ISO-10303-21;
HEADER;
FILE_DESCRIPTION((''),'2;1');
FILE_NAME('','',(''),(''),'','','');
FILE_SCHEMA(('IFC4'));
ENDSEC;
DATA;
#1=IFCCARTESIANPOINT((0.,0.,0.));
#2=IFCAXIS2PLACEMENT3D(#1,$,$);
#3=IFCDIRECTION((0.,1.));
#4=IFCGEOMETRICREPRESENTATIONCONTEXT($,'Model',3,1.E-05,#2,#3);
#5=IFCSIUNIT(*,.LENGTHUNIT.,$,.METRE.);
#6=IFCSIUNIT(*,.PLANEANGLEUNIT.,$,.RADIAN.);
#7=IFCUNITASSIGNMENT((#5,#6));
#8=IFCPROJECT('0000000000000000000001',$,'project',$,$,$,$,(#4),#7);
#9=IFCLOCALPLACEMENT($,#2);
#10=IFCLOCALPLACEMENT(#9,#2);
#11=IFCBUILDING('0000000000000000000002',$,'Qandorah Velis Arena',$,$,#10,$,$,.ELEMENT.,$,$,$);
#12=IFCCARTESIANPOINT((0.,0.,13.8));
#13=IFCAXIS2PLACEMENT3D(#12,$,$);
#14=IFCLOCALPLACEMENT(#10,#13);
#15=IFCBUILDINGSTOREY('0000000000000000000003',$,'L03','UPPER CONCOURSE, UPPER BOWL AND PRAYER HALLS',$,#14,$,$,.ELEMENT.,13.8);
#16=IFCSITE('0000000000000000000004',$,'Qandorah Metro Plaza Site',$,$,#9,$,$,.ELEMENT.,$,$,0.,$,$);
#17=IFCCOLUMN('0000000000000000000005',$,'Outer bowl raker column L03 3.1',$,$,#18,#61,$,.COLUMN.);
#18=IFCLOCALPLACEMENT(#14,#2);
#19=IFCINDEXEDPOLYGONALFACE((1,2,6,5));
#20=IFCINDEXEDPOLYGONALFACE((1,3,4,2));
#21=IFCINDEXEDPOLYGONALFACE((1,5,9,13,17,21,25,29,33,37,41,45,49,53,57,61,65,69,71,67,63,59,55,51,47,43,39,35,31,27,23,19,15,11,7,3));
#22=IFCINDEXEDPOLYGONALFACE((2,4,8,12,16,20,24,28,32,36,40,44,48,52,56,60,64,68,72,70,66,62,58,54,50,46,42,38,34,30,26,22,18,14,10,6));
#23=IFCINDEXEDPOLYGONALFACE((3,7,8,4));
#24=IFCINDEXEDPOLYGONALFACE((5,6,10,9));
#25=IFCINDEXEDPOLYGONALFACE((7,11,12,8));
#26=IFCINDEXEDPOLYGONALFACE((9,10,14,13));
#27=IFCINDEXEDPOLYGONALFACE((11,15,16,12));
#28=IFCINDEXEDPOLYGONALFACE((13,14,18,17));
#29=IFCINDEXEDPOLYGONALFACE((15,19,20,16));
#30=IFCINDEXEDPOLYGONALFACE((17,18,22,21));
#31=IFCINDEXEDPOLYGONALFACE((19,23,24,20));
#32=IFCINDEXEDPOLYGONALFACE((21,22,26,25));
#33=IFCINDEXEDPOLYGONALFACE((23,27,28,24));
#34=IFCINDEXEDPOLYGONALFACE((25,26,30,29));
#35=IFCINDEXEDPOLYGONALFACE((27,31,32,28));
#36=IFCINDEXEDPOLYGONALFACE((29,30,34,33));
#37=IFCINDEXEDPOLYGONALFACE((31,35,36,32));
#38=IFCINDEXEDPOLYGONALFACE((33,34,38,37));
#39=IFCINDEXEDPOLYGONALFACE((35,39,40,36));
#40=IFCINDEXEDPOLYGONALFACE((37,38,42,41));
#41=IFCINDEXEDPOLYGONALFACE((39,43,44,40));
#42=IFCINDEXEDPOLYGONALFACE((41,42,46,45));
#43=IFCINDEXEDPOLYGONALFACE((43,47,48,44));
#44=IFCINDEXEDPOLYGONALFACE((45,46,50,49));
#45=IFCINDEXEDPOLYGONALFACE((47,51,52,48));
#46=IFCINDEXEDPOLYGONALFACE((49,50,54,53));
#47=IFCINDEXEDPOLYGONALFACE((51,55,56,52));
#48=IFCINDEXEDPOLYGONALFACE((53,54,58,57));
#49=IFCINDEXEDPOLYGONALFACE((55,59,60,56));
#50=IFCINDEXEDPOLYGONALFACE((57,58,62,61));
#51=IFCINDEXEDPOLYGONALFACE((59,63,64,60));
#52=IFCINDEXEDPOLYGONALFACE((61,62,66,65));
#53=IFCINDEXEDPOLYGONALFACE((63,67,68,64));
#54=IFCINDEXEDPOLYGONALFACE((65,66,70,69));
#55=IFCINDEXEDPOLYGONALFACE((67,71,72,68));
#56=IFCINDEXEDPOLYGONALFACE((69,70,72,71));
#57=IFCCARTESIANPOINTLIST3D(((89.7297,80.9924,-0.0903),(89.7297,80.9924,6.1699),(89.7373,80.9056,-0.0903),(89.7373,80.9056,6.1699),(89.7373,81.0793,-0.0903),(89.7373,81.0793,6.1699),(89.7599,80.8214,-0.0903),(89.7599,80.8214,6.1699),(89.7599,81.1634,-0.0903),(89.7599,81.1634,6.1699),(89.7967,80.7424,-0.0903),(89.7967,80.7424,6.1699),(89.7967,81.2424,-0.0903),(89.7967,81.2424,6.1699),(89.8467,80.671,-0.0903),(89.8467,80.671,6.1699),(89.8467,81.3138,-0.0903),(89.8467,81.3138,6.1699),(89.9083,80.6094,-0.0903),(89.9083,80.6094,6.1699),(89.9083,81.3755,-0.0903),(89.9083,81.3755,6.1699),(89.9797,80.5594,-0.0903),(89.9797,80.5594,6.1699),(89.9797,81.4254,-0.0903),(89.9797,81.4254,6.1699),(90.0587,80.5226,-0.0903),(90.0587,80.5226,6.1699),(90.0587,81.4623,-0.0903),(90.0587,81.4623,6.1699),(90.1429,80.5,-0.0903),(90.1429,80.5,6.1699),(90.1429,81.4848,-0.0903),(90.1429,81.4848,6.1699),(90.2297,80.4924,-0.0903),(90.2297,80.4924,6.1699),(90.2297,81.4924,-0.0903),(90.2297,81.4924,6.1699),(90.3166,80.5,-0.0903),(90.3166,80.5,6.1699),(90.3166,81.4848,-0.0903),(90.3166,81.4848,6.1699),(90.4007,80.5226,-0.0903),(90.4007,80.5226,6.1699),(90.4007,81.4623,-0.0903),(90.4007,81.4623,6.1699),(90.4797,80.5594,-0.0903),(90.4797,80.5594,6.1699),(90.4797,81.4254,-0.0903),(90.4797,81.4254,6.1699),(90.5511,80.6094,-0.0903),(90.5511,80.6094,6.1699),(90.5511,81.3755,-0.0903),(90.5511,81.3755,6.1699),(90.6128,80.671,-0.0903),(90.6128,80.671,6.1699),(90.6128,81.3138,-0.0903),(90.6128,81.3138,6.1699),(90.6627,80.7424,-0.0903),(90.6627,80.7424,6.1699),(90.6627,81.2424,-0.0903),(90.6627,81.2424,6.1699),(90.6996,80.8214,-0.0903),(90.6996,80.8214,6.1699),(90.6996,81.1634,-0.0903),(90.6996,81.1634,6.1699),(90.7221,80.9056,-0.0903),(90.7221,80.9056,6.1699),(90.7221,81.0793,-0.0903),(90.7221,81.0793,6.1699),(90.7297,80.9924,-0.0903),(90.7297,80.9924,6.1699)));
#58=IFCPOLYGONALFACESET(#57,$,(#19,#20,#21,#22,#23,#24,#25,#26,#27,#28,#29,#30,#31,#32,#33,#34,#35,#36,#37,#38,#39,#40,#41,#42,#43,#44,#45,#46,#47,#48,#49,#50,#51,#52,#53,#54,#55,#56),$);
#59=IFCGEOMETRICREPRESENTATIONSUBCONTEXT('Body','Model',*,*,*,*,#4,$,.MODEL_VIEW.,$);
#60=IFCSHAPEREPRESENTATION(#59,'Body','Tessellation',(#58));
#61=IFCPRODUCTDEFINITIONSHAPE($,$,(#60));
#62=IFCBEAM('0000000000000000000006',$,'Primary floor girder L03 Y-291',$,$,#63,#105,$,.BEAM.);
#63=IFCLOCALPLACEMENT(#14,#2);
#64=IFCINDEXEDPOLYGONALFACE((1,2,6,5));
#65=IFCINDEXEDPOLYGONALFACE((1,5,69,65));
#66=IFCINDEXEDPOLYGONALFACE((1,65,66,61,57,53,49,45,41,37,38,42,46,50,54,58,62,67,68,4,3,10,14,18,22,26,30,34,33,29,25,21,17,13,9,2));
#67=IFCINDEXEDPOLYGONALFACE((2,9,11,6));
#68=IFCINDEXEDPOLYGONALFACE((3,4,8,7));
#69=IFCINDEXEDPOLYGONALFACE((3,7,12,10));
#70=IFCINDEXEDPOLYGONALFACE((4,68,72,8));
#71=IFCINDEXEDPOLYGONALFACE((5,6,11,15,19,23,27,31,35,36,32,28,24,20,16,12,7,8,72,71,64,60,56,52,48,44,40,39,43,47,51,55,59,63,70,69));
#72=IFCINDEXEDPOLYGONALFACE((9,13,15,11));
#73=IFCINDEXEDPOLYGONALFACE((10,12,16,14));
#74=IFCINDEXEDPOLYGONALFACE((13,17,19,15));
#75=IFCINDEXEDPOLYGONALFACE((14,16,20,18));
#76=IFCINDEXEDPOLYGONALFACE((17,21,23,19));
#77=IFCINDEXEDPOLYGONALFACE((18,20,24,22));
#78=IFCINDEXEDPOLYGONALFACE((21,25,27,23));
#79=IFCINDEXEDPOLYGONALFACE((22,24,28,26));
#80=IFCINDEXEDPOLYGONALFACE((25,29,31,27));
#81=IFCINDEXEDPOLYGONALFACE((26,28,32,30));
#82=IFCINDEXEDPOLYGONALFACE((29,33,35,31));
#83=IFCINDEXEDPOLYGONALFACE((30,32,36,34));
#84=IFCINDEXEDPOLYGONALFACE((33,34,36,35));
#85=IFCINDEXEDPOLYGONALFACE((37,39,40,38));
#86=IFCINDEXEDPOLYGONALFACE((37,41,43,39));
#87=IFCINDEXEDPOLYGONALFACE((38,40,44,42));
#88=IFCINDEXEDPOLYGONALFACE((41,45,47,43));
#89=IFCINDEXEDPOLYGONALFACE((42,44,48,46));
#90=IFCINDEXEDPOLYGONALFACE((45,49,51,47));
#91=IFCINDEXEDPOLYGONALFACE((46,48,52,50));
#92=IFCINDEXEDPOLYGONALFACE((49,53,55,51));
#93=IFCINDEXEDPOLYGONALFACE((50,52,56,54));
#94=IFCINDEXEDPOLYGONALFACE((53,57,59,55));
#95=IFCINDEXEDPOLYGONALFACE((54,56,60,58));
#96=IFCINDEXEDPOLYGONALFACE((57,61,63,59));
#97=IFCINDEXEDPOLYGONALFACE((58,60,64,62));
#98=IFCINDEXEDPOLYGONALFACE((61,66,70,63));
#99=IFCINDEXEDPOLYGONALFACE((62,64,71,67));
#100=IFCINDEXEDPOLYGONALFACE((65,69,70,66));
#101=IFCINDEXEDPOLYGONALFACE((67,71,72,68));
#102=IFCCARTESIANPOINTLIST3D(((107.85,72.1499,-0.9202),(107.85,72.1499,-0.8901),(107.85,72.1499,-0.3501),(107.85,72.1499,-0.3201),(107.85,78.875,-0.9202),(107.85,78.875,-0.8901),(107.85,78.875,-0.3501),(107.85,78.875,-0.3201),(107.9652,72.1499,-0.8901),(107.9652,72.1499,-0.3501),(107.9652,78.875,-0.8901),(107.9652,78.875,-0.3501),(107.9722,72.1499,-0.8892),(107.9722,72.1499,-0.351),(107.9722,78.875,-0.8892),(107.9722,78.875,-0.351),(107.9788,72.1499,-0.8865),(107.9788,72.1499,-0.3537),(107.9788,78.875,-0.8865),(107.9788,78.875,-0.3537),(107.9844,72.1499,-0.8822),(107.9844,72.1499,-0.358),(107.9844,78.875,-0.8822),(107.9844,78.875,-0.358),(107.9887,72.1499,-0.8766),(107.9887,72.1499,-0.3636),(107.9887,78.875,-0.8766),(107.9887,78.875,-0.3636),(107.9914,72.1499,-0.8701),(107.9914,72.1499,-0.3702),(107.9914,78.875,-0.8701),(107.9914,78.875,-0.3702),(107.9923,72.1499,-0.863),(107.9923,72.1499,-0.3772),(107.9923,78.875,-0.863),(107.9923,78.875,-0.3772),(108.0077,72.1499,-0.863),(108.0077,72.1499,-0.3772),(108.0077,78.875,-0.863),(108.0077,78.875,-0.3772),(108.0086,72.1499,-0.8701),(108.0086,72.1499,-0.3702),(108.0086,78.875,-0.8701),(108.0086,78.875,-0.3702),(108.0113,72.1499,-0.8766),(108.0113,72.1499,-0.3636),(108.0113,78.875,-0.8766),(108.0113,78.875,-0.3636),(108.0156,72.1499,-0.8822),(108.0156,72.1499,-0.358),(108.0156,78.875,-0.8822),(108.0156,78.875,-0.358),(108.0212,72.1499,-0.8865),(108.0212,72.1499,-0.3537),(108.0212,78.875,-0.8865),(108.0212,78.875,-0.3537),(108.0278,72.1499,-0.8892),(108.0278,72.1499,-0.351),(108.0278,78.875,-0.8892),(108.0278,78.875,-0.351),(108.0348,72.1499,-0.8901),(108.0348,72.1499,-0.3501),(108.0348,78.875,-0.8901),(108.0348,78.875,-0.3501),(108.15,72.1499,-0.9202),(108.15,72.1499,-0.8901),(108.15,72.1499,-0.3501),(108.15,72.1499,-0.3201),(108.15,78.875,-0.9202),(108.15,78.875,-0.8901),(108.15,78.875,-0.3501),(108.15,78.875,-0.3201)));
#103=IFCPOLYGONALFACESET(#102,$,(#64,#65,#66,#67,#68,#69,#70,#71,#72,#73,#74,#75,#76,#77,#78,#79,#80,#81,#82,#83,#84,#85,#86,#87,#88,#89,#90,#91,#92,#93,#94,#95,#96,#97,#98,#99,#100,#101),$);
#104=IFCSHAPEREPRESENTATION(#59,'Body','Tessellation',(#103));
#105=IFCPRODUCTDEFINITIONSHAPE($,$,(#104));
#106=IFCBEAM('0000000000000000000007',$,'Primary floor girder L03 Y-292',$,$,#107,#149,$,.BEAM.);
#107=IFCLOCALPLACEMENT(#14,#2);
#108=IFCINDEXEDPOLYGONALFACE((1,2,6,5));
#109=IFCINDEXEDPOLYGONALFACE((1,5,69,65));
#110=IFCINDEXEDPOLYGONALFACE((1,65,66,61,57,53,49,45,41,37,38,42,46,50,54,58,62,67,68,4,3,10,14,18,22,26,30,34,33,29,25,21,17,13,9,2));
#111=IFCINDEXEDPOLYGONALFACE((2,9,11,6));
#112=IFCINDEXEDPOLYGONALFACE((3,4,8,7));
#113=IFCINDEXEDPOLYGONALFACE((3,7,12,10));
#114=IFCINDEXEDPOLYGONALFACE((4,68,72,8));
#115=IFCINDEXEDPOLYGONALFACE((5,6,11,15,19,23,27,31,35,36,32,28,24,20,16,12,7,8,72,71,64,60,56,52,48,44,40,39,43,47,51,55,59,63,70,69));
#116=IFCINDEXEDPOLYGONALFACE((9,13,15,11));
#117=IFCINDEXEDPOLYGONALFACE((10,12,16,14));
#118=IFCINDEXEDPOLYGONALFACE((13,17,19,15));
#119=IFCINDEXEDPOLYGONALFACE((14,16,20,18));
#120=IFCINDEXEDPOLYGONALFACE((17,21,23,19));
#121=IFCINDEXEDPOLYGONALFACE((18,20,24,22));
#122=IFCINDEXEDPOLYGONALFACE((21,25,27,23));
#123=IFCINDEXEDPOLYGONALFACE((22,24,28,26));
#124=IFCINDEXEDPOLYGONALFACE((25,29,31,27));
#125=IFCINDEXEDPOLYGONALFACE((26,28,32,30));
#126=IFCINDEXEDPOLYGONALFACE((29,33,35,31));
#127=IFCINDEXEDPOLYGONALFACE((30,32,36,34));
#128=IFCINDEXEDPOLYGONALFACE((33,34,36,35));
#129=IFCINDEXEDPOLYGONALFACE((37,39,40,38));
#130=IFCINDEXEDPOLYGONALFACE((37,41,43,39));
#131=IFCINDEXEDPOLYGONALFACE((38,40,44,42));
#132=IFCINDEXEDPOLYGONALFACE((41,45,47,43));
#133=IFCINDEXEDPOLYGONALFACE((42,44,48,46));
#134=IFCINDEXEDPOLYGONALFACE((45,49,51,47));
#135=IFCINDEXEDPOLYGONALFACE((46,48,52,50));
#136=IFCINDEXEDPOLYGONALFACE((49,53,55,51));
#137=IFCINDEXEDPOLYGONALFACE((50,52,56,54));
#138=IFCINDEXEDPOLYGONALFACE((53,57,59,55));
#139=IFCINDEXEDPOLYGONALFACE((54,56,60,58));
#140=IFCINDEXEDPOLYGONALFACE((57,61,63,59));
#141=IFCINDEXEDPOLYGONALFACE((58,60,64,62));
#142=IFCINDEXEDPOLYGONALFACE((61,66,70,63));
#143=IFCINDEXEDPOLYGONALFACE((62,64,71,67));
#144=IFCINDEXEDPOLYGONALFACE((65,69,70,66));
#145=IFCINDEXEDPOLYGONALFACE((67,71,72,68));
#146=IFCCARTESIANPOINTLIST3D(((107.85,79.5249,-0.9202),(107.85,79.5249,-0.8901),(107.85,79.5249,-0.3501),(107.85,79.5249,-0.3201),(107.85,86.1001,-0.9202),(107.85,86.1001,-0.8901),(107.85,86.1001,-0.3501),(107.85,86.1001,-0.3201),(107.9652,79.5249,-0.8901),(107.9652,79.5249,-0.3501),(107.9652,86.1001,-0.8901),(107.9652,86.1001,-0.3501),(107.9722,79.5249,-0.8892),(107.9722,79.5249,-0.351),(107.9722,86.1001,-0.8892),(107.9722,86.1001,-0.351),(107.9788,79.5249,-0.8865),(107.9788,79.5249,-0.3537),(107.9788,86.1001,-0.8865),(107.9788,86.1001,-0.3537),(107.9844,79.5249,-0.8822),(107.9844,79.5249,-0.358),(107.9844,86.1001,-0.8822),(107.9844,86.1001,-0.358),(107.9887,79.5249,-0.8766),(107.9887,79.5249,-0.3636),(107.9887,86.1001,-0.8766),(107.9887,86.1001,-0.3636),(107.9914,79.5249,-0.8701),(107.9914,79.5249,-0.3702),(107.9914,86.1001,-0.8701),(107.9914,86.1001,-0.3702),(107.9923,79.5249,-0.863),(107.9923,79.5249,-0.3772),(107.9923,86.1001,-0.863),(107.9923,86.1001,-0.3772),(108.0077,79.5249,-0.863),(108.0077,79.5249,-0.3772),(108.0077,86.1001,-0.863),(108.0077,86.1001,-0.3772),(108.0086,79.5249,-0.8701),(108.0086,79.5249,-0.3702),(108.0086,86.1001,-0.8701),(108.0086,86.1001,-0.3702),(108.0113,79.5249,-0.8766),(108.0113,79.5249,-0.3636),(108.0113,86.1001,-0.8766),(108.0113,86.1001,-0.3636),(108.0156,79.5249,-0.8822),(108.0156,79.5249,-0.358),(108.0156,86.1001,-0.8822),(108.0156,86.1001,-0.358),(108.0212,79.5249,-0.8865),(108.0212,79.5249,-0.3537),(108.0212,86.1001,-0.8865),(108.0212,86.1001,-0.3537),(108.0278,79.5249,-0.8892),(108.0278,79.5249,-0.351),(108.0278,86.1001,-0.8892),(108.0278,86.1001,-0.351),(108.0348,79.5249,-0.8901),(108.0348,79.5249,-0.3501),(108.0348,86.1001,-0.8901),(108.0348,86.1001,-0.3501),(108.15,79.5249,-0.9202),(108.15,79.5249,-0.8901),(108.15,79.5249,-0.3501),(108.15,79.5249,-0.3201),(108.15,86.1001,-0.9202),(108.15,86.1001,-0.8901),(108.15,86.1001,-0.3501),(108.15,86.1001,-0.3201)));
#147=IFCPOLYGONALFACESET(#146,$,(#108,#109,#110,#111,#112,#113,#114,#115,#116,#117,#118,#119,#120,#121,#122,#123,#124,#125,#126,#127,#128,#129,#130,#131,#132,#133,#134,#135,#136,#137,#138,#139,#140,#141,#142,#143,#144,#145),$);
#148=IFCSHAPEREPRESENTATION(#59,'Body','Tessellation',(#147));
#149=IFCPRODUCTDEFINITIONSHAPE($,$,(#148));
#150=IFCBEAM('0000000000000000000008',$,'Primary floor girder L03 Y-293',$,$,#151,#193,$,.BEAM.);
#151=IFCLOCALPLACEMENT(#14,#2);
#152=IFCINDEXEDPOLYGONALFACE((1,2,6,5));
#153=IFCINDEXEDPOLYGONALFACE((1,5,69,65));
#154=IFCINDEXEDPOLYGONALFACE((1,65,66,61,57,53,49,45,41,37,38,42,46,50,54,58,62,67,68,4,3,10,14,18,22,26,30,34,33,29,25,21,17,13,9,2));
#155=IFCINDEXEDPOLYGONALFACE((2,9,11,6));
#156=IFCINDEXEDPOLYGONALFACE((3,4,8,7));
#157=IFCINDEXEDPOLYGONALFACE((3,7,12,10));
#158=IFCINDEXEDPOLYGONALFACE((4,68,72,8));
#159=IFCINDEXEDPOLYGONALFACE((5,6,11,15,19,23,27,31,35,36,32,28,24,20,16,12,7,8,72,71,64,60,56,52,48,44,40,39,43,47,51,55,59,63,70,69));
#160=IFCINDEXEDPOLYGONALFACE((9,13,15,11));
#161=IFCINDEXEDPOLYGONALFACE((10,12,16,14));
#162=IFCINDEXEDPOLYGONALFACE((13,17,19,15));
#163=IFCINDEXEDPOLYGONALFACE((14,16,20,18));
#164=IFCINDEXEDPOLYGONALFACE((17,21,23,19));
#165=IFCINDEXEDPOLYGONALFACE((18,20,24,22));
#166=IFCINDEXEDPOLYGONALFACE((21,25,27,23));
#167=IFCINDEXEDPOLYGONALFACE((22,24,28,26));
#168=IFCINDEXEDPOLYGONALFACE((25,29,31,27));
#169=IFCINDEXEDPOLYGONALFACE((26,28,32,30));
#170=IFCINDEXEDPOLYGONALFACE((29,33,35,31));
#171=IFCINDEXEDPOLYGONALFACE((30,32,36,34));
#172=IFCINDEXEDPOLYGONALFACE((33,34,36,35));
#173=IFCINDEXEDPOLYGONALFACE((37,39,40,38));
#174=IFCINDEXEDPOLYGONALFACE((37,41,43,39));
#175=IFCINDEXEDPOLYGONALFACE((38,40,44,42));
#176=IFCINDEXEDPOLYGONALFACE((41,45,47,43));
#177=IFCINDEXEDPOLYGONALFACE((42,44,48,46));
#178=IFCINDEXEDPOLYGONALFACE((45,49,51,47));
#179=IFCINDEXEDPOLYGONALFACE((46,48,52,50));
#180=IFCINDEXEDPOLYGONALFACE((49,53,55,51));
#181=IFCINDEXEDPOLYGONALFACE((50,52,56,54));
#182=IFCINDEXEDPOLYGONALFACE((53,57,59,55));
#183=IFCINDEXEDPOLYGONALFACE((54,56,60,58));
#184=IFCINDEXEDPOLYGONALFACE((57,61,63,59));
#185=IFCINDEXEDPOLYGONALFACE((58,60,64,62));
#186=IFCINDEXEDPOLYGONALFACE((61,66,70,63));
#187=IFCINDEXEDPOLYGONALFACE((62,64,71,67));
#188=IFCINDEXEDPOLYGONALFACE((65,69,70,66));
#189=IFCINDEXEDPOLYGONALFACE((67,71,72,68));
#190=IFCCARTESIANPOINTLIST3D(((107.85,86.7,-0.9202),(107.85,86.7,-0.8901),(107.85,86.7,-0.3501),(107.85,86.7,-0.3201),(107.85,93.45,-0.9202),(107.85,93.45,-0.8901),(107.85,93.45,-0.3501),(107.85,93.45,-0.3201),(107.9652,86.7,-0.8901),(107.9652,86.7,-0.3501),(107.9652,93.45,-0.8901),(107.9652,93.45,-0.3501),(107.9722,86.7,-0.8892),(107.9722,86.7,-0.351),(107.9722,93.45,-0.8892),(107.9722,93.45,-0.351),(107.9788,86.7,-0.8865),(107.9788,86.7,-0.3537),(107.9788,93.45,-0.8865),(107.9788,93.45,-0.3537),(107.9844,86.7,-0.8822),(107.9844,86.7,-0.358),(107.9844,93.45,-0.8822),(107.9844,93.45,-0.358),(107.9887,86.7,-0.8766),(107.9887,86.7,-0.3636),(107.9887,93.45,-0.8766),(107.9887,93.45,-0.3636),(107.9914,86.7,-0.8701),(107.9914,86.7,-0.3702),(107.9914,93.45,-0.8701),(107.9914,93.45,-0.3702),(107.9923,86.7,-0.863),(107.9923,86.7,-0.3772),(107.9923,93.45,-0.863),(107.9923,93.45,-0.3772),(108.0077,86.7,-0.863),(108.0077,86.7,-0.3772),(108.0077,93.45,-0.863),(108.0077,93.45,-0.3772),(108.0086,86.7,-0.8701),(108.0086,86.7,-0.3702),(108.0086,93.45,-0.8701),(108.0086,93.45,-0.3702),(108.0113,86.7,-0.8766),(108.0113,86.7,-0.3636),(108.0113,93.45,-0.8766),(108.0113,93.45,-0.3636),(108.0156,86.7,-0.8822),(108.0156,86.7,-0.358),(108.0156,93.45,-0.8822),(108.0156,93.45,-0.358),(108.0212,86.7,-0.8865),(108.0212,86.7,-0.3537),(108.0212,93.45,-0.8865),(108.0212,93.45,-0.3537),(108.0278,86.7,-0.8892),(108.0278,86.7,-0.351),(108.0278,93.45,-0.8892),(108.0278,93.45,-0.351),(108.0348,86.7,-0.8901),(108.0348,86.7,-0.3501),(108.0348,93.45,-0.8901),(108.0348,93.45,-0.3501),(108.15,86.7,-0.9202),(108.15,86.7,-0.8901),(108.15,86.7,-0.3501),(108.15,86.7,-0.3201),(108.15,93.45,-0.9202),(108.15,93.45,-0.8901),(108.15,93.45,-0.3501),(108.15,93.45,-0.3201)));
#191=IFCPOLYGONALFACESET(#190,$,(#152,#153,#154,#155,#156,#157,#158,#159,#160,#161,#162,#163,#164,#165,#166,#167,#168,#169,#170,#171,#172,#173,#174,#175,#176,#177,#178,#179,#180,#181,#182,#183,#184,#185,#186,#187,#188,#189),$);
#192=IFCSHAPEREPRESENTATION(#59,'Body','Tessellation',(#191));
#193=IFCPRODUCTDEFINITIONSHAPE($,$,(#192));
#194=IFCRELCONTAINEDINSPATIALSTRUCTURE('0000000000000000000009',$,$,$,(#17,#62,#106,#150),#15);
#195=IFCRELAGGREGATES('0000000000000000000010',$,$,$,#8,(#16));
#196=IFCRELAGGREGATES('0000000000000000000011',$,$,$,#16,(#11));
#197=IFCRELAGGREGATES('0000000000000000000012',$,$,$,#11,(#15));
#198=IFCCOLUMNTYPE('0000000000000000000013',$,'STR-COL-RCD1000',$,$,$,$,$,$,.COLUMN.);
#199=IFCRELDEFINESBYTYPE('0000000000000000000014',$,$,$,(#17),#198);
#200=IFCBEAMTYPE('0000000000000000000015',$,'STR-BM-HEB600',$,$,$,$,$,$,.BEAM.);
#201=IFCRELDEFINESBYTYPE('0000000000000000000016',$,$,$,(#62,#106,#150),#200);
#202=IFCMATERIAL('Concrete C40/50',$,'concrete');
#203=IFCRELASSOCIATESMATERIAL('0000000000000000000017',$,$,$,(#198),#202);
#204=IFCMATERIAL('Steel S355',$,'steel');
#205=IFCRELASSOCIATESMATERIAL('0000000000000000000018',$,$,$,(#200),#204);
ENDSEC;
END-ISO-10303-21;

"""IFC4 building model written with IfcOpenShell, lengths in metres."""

from ifc_helpers import new_model, si_unit, direction, frame, origin, origin_2d, place, context, subcontext, project, spatial, circle, i_section, extrude, material, material_profile, profile_set, type_object, element, save


model = new_model("IFC4")

# Units and contexts
model_context = context("Model", 3, precision=1e-05, world=origin(), true_north=direction((0.0, 1.0)))
body_context = subcontext(model_context, "Body", "Model", "MODEL_VIEW")
ifc_project = project(units=[si_unit("LENGTHUNIT", "METRE"), si_unit("PLANEANGLEUNIT", "RADIAN")], contexts=[model_context])

# Site, building, storey
site_placement = place(None, origin())
site = spatial("IfcSite", under=ifc_project, at=site_placement, Name="Qandorah Metro Plaza Site", CompositionType="ELEMENT", RefElevation=0.0)
building_placement = place(site_placement, origin())
building = spatial("IfcBuilding", under=site, at=building_placement, Name="Qandorah Velis Arena", CompositionType="ELEMENT")
storey_placement = place(building_placement, frame((0.0, 0.0, 13.8)))
storey = spatial("IfcBuildingStorey", under=building, at=storey_placement, Name="L03", Description="UPPER CONCOURSE, UPPER BOWL AND PRAYER HALLS", CompositionType="ELEMENT", Elevation=13.8)

# Column
ifc_material_1 = material(Name="Concrete C40/50", Category="concrete")
ifc_material_profile_1 = material_profile(ifc_material_1, circle(Radius=0.5, at=origin_2d()), Name="RC D1000")
ifc_profile_set_1 = profile_set([ifc_material_profile_1], Name="Concrete C40/50")
column_type = type_object("IfcColumnType", Name="STR-COL-RCD1000", PredefinedType="COLUMN", material=ifc_profile_set_1)
column_1_placement = place(storey_placement, frame((90.2297, 80.9924, -0.0903), z_axis=(0.0, 0.0, 1.0), x_axis=(1.0, 0.0, 0.0)))
element("IfcColumn", 1, at=column_1_placement, inside=storey, type_object=column_type, Name="Outer bowl raker column L03 3.1", PredefinedType="COLUMN", context=body_context, shape_type="SweptSolid", body=[
    extrude(circle(Radius=0.5, at=origin_2d()), origin(), (0.0, 0.0, 1.0), 6.2603),
])

# Beams
ifc_material_2 = material(Name="Steel S355", Category="steel")
ifc_material_profile_2 = material_profile(ifc_material_2, i_section(OverallWidth=0.3, OverallDepth=0.6001, WebThickness=0.0154, FlangeThickness=0.03, FilletRadius=0.0271, at=origin_2d()), Name="HEB 600")
ifc_profile_set_2 = profile_set([ifc_material_profile_2], Name="Steel S355")
beam_type_1 = type_object("IfcBeamType", Name="STR-BM-HEB600", PredefinedType="BEAM", material=ifc_profile_set_2)
beam_1_placement = place(storey_placement, frame((108.0, 72.1499, -0.6201), z_axis=(0.0, 1.0, 0.0), x_axis=(-1.0, 0.0, 0.0)))
element("IfcBeam", 2, at=beam_1_placement, inside=storey, type_object=beam_type_1, Name="Primary floor girder L03 Y-291", PredefinedType="BEAM", context=body_context, shape_type="SweptSolid", body=[
    extrude(i_section(OverallWidth=0.3, OverallDepth=0.6001, WebThickness=0.0154, FlangeThickness=0.03, FilletRadius=0.0271, at=origin_2d()), origin(), (0.0, 0.0, 1.0), 6.7251),
])
beam_2_placement = place(storey_placement, frame((108.0, 79.5249, -0.6201), z_axis=(0.0, 1.0, 0.0), x_axis=(-1.0, 0.0, 0.0)))
element("IfcBeam", 3, at=beam_2_placement, inside=storey, type_object=beam_type_1, Name="Primary floor girder L03 Y-292", PredefinedType="BEAM", context=body_context, shape_type="SweptSolid", body=[
    extrude(i_section(OverallWidth=0.3, OverallDepth=0.6001, WebThickness=0.0154, FlangeThickness=0.03, FilletRadius=0.0271, at=origin_2d()), origin(), (0.0, 0.0, 1.0), 6.5752),
])
beam_3_placement = place(storey_placement, frame((108.0, 86.7, -0.6201), z_axis=(0.0, 1.0, 0.0), x_axis=(-1.0, 0.0, 0.0)))
element("IfcBeam", 4, at=beam_3_placement, inside=storey, type_object=beam_type_1, Name="Primary floor girder L03 Y-293", PredefinedType="BEAM", context=body_context, shape_type="SweptSolid", body=[
    extrude(i_section(OverallWidth=0.3, OverallDepth=0.6001, WebThickness=0.0154, FlangeThickness=0.03, FilletRadius=0.0271, at=origin_2d()), origin(), (0.0, 0.0, 1.0), 6.75),
])

save(model, "model.ifc")
